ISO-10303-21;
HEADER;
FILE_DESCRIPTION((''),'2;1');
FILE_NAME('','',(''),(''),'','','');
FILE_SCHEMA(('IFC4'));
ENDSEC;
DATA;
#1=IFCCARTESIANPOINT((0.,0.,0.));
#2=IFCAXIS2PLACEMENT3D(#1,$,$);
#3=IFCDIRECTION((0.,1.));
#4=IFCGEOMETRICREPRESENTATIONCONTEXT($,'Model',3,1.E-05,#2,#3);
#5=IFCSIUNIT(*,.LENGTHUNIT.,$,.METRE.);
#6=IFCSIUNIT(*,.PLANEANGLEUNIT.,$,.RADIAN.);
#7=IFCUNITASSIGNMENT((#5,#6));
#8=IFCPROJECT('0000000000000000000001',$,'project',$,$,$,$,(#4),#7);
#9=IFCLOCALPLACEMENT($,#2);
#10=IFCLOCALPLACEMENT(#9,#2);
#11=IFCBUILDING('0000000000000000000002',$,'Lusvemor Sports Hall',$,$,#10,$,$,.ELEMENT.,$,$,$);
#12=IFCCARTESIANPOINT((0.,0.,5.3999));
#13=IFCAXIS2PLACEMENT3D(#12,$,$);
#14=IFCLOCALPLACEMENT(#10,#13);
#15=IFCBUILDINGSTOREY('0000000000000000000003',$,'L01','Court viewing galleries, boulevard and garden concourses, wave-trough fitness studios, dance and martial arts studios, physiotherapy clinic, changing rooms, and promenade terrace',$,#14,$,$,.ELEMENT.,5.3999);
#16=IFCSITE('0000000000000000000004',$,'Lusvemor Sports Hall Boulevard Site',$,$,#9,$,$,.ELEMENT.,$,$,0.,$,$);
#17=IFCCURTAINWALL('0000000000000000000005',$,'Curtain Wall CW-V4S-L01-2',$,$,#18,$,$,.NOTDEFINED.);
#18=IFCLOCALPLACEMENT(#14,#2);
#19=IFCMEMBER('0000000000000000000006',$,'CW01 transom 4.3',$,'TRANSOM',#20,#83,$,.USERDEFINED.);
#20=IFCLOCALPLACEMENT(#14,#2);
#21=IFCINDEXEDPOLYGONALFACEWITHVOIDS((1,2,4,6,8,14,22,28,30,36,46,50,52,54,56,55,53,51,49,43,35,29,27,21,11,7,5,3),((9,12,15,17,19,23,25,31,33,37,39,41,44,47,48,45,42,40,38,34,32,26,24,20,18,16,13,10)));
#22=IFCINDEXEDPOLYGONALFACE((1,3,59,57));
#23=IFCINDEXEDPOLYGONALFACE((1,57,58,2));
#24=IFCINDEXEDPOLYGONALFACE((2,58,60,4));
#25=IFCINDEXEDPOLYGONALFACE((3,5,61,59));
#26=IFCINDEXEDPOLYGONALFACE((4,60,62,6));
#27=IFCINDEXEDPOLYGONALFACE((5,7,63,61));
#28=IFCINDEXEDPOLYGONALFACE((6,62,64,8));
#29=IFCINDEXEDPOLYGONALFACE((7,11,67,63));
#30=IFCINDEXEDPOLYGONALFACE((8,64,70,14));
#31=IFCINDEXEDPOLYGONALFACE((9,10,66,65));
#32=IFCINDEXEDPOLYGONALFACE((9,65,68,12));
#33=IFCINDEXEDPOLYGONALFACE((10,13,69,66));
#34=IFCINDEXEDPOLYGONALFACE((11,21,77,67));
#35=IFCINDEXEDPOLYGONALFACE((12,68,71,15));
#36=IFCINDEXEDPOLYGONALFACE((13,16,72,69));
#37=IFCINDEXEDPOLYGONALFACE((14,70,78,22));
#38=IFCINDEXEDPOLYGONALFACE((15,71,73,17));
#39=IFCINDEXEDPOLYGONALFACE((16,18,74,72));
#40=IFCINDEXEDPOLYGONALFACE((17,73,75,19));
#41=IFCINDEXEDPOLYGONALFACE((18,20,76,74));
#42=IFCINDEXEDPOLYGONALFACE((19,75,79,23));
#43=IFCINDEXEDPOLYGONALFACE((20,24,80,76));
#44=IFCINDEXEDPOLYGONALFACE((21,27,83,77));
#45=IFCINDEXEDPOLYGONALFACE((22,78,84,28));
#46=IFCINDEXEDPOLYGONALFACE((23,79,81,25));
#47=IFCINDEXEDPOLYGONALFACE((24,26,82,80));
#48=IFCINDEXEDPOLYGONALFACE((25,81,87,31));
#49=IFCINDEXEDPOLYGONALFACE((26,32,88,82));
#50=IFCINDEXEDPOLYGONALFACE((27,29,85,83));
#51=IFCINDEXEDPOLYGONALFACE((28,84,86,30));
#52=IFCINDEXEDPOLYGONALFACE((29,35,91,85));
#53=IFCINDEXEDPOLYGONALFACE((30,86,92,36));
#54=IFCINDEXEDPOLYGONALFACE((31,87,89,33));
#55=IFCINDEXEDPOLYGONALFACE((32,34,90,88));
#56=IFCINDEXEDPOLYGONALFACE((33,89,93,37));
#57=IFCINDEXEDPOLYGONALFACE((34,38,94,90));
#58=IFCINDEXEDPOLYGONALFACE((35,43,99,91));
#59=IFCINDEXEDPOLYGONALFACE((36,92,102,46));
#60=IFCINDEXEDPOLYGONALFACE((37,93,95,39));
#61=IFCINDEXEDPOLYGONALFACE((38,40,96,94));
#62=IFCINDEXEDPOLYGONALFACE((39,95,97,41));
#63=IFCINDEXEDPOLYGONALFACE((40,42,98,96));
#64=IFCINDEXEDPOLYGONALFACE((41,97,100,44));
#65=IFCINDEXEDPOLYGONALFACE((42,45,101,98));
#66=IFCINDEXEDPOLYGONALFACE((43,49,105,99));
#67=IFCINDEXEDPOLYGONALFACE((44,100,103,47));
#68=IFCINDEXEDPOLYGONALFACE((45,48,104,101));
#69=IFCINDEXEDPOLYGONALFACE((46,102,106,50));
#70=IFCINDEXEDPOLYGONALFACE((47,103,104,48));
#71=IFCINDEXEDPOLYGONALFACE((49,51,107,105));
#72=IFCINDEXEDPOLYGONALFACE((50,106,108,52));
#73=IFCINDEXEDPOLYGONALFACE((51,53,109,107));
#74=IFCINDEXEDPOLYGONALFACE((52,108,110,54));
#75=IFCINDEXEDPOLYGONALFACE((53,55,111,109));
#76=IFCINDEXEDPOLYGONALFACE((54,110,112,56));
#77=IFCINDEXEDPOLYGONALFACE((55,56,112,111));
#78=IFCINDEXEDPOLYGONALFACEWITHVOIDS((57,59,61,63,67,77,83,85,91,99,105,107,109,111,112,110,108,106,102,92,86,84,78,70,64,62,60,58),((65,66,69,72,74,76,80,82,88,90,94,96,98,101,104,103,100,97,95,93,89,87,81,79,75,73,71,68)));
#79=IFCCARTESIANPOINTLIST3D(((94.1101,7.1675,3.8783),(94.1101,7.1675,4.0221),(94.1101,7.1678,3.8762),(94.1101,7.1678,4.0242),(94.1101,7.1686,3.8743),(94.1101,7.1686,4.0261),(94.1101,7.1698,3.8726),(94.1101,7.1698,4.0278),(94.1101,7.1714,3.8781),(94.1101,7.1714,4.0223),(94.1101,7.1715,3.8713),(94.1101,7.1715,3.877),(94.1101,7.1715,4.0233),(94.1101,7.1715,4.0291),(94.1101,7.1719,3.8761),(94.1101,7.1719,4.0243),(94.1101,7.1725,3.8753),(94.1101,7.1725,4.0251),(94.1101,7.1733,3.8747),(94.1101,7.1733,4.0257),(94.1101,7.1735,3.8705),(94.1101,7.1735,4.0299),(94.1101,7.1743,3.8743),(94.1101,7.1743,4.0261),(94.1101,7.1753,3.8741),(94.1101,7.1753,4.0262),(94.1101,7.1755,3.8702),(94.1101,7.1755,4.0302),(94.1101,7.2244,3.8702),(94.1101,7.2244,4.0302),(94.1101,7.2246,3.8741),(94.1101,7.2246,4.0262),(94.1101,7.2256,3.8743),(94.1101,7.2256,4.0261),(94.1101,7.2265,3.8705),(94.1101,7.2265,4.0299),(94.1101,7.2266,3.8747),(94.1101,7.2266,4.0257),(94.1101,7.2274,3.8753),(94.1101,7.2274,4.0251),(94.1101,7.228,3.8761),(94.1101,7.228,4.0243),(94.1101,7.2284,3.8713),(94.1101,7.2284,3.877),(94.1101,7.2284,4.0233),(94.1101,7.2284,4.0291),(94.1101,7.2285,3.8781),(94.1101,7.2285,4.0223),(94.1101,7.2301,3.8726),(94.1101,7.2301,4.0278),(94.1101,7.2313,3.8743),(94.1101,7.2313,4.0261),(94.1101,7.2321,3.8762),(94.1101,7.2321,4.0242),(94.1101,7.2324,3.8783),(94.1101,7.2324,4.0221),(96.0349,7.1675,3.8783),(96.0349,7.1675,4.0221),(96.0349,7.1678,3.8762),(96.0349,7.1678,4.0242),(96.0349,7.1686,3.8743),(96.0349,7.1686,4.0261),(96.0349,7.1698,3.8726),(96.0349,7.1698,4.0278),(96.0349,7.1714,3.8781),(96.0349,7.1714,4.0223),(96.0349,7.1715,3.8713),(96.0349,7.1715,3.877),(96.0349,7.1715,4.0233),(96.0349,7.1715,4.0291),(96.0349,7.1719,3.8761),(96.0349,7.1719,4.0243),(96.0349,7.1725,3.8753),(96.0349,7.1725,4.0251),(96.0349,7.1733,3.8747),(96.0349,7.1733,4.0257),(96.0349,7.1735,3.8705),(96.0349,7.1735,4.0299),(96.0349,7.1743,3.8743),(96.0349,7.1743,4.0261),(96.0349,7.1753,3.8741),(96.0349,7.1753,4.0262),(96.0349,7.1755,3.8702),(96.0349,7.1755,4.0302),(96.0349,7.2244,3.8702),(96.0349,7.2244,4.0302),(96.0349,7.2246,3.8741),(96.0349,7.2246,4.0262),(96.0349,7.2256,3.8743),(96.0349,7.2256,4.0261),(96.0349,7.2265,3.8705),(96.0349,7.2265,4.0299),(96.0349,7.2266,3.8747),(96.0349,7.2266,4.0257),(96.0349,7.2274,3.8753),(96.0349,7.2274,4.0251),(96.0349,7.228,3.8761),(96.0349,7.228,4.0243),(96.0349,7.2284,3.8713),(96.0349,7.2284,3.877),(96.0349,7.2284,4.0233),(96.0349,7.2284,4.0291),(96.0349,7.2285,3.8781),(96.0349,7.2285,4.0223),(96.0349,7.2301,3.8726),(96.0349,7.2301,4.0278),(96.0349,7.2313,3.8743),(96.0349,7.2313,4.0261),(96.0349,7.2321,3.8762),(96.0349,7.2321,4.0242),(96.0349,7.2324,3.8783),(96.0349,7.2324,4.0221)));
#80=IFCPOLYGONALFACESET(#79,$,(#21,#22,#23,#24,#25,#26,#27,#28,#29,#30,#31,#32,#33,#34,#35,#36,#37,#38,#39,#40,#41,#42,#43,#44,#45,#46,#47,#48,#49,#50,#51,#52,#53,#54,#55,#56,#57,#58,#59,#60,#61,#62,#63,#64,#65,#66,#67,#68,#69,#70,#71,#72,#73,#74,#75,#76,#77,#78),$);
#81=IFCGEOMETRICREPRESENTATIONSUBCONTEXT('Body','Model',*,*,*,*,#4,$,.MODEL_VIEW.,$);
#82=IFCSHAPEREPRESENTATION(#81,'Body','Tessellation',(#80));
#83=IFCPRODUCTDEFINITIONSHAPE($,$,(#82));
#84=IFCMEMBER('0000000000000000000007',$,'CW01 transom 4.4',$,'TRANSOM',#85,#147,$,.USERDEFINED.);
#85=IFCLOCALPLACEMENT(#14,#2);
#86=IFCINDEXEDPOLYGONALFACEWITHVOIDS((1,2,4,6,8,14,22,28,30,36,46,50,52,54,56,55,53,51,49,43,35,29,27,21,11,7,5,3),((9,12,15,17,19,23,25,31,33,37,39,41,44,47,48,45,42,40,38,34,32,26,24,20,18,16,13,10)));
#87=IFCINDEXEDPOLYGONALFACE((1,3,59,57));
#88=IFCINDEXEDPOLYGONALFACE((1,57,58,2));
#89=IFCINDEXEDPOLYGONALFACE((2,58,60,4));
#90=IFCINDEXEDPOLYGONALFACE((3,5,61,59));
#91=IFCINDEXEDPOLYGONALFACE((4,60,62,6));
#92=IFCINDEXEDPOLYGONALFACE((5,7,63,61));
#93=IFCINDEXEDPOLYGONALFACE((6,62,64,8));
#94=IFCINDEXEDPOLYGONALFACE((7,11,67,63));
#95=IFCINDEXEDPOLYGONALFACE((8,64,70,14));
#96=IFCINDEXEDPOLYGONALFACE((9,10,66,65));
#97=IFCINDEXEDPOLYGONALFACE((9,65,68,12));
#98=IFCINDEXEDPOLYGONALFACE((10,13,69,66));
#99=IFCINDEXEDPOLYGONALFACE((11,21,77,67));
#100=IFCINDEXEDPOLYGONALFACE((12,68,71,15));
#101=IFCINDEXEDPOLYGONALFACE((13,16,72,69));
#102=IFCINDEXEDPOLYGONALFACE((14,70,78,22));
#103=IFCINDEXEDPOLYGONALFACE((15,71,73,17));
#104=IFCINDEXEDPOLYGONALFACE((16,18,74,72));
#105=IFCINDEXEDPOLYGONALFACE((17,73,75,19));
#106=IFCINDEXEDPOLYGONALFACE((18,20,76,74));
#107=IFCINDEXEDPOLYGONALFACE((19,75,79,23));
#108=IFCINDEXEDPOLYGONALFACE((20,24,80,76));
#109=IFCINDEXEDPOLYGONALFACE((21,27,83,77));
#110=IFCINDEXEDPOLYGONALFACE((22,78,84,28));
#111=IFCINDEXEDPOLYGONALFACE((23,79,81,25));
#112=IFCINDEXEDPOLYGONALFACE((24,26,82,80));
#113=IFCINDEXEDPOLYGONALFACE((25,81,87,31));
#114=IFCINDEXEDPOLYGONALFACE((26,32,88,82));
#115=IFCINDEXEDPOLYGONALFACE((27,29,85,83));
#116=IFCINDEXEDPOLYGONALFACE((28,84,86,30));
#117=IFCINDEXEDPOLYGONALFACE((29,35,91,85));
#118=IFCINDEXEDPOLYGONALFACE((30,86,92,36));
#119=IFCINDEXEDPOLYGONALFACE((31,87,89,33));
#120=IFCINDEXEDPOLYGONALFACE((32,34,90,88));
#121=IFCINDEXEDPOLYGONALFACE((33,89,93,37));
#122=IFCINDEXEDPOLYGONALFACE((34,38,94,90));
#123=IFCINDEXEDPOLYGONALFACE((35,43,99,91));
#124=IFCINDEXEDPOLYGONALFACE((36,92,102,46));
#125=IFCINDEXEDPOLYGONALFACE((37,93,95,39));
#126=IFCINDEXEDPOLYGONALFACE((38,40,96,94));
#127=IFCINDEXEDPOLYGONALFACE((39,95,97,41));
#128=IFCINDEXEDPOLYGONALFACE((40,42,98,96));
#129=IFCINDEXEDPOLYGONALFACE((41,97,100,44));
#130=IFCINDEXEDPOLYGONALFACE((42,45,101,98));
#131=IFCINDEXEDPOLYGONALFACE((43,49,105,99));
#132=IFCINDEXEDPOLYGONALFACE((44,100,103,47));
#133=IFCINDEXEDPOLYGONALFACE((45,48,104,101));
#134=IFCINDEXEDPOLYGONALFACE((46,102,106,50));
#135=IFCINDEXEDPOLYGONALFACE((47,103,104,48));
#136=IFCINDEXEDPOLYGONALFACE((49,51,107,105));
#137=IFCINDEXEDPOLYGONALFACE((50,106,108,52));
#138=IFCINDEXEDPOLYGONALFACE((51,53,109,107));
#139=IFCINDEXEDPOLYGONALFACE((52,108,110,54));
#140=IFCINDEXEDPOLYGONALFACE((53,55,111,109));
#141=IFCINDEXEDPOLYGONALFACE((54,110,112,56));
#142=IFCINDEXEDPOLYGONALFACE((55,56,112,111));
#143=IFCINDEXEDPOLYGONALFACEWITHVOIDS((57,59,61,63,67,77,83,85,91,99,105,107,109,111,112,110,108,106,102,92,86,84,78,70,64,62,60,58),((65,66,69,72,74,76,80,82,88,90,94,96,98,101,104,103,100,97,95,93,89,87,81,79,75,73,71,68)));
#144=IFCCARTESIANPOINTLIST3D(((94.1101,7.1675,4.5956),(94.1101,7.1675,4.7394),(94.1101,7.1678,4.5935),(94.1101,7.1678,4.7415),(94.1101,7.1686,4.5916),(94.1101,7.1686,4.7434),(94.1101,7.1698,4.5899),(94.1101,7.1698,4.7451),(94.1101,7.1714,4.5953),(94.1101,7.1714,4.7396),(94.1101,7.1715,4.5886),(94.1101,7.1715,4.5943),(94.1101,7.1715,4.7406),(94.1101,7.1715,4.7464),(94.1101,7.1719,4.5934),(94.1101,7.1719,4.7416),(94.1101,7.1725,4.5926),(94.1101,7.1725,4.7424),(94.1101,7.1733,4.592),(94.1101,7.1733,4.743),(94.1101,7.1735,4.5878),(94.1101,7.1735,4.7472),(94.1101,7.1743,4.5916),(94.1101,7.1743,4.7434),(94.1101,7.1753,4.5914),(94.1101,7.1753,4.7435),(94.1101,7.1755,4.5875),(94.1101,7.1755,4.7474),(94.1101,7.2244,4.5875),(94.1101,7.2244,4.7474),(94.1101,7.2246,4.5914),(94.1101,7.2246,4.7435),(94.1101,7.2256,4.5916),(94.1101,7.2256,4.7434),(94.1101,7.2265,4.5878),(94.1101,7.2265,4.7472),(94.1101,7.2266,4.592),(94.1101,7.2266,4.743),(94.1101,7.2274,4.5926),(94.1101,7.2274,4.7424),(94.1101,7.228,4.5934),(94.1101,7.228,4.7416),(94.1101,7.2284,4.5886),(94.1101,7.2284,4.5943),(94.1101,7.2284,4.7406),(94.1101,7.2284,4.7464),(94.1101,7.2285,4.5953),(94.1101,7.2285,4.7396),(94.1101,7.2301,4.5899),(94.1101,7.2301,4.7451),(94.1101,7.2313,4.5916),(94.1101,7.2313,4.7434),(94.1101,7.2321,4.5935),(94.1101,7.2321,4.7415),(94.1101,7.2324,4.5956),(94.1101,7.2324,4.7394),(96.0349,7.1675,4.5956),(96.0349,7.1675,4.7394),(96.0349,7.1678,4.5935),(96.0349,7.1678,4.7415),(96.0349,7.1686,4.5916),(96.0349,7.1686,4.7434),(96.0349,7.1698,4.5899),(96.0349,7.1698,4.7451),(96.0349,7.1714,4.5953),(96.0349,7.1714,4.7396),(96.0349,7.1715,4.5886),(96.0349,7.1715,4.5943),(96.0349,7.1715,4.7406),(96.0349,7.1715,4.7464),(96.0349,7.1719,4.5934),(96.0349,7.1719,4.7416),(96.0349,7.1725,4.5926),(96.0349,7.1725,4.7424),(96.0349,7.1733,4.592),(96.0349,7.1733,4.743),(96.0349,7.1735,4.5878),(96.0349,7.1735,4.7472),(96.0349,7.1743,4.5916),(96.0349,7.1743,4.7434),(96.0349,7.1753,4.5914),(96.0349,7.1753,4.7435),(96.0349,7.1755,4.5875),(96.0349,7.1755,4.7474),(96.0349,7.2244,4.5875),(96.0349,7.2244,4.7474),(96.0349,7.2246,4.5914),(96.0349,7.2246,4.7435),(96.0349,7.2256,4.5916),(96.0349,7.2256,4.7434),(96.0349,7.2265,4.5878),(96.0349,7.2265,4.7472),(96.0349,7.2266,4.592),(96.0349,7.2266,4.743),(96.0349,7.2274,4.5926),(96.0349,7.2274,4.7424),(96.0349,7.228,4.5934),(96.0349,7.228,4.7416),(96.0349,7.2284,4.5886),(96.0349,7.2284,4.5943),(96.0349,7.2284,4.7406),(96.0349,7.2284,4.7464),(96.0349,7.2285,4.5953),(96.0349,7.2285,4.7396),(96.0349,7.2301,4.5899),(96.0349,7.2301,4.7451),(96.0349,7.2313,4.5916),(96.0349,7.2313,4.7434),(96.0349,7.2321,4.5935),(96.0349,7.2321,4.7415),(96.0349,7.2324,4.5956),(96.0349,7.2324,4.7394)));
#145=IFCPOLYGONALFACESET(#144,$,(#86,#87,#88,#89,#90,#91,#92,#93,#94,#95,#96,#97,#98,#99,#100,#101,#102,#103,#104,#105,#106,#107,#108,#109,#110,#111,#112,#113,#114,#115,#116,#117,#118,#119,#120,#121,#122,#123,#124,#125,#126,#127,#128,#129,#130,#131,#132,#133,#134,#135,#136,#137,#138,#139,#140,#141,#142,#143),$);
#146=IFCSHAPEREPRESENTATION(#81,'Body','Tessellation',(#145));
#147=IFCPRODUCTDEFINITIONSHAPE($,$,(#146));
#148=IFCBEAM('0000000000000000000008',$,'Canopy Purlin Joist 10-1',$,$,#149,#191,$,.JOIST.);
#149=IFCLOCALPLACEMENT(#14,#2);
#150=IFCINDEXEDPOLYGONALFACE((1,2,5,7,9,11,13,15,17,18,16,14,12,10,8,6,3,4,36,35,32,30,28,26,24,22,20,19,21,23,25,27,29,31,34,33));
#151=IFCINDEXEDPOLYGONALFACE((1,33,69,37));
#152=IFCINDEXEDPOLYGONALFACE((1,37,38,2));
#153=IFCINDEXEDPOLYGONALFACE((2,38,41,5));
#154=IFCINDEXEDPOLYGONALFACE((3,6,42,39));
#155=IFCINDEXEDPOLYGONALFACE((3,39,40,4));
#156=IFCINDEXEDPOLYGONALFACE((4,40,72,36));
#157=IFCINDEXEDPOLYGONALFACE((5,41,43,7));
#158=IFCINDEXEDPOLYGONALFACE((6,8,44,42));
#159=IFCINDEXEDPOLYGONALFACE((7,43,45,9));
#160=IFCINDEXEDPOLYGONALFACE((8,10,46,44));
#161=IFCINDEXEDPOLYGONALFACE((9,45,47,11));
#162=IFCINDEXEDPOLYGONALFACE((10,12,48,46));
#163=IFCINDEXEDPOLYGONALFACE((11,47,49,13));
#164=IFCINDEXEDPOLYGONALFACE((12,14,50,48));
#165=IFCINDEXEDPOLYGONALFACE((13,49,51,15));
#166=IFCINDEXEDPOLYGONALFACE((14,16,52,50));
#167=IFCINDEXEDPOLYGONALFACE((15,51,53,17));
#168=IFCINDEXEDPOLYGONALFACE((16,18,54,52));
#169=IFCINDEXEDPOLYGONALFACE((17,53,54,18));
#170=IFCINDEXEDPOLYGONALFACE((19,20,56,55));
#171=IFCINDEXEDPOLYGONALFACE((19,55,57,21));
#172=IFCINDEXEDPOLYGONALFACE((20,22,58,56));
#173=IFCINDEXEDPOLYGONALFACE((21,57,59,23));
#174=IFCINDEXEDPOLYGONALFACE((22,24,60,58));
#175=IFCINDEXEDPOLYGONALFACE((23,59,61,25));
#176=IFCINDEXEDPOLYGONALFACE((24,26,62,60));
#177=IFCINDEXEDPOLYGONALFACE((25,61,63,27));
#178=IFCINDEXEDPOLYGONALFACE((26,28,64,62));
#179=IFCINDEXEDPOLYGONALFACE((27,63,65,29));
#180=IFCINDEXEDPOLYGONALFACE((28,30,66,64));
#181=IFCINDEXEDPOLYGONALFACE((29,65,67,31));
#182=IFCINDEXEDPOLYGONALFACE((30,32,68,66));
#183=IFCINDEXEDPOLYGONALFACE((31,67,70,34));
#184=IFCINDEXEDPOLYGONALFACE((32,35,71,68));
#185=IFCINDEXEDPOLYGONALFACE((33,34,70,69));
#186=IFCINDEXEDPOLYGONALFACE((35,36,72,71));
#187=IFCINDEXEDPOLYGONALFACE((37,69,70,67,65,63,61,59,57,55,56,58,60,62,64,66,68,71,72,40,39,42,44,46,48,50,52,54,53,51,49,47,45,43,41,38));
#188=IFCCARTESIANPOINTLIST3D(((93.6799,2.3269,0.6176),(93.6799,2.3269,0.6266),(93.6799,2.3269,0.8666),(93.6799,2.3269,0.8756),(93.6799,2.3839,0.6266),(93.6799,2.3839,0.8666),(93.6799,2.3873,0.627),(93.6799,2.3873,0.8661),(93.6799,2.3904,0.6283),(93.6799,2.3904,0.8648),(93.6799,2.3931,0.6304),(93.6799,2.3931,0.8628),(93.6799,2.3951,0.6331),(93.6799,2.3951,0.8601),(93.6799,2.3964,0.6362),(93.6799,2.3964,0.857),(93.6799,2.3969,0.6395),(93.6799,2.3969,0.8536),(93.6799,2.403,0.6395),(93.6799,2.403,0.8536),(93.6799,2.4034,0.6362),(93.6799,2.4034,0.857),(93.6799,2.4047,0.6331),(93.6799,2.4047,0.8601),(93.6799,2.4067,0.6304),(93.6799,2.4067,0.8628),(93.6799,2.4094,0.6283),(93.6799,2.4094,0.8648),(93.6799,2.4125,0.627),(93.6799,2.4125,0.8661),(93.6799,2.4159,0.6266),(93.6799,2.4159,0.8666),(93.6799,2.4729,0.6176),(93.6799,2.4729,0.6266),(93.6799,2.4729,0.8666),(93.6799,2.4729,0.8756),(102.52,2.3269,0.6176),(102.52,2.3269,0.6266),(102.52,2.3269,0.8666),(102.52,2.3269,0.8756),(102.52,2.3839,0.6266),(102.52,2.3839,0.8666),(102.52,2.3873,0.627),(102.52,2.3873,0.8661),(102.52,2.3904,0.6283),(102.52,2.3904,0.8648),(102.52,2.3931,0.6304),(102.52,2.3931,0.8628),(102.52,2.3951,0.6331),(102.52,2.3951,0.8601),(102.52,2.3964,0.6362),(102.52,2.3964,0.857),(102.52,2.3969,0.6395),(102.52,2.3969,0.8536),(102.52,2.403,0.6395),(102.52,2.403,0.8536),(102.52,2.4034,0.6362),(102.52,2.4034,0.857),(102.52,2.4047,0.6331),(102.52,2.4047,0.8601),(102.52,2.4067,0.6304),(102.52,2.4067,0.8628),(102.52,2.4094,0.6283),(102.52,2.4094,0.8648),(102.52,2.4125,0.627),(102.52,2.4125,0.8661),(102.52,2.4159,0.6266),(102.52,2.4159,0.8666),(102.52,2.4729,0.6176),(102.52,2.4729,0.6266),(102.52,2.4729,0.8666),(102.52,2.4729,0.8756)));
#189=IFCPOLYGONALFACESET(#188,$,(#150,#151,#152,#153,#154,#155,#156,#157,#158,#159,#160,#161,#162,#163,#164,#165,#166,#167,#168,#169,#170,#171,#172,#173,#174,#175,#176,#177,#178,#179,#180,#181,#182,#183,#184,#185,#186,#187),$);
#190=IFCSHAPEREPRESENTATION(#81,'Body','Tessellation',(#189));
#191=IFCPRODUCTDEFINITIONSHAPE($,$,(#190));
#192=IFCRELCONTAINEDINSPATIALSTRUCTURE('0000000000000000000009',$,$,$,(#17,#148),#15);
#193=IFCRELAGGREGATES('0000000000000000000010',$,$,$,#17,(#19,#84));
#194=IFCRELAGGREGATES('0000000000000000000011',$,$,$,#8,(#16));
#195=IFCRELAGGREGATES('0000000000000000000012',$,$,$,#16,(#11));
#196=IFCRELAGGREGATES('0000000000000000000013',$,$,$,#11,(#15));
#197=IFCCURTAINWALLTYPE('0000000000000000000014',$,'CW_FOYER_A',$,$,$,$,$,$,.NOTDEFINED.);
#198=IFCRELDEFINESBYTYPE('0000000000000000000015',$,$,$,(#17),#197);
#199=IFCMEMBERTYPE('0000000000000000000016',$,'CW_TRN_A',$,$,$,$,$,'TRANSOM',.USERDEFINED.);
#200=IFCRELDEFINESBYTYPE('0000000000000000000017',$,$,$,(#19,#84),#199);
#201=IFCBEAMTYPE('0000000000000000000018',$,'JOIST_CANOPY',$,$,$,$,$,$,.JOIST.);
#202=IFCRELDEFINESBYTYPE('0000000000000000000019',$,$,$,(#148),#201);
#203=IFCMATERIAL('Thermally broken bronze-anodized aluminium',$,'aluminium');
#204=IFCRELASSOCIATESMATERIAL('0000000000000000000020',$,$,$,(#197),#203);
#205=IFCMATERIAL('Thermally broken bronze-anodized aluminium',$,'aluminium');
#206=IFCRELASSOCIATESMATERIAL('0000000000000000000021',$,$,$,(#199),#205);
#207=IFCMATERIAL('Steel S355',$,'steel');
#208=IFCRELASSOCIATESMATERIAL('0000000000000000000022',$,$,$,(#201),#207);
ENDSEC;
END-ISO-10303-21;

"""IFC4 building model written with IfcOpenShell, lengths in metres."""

from ifc_helpers import new_model, si_unit, direction, frame, origin, origin_2d, place, context, subcontext, project, spatial, hollow_rectangle, i_section, extrude, material, material_profile, profile_set, type_object, element, aggregate, save


model = new_model("IFC4")

# Units and contexts
model_context = context("Model", 3, precision=1e-05, world=origin(), true_north=direction((0.0, 1.0)))
body_context = subcontext(model_context, "Body", "Model", "MODEL_VIEW")
ifc_project = project(units=[si_unit("LENGTHUNIT", "METRE"), si_unit("PLANEANGLEUNIT", "RADIAN")], contexts=[model_context])

# Site, building, storey
site_placement = place(None, origin())
site = spatial("IfcSite", under=ifc_project, at=site_placement, Name="Lusvemor Sports Hall Boulevard Site", CompositionType="ELEMENT", RefElevation=0.0)
building_placement = place(site_placement, origin())
building = spatial("IfcBuilding", under=site, at=building_placement, Name="Lusvemor Sports Hall", CompositionType="ELEMENT")
storey_placement = place(building_placement, frame((0.0, 0.0, 5.3999)))
storey = spatial("IfcBuildingStorey", under=building, at=storey_placement, Name="L01", Description="Court viewing galleries, boulevard and garden concourses, wave-trough fitness studios, dance and martial arts studios, physiotherapy clinic, changing rooms, and promenade terrace", CompositionType="ELEMENT", Elevation=5.3999)

# Curtain wall, members
ifc_material_1 = material(Name="Thermally broken bronze-anodized aluminium", Category="aluminium")
curtain_wall_type = type_object("IfcCurtainWallType", Name="CW_FOYER_A", PredefinedType="NOTDEFINED", material=ifc_material_1)
curtain_wall_placement = place(storey_placement, origin())
curtain_wall = element("IfcCurtainWall", 1, at=curtain_wall_placement, inside=storey, type_object=curtain_wall_type, Name="Curtain Wall CW-V4S-L01-2", PredefinedType="NOTDEFINED")
ifc_material_2 = material(Name="Thermally broken bronze-anodized aluminium", Category="aluminium")
ifc_material_profile_1 = material_profile(ifc_material_2, hollow_rectangle(XDim=0.0649, YDim=0.1599, WallThickness=0.0039, InnerFilletRadius=0.0039, OuterFilletRadius=0.0081, at=origin_2d()), Name="CWTRN160x65x4")
ifc_profile_set_1 = profile_set([ifc_material_profile_1], Name="Thermally broken bronze-anodized aluminium")
member_type_1 = type_object("IfcMemberType", Name="CW_TRN_A", ElementType="TRANSOM", PredefinedType="USERDEFINED", material=ifc_profile_set_1)
member_1_placement = place(storey_placement, frame((96.0349, 7.2, 3.9502), z_axis=(-1.0, 0.0, 0.0), x_axis=(0.0, -1.0, 0.0)))
member_1 = element("IfcMember", 2, at=member_1_placement, type_object=member_type_1, Name="CW01 transom 4.3", ObjectType="TRANSOM", PredefinedType="USERDEFINED", context=body_context, shape_type="SweptSolid", body=[
    extrude(hollow_rectangle(XDim=0.0649, YDim=0.1599, WallThickness=0.0039, InnerFilletRadius=0.0039, OuterFilletRadius=0.0081, at=origin_2d()), origin(), (0.0, 0.0, 1.0), 1.9248),
])
member_2_placement = place(storey_placement, frame((96.0349, 7.2, 4.6675), z_axis=(-1.0, 0.0, 0.0), x_axis=(0.0, -1.0, 0.0)))
member_2 = element("IfcMember", 3, at=member_2_placement, type_object=member_type_1, Name="CW01 transom 4.4", ObjectType="TRANSOM", PredefinedType="USERDEFINED", context=body_context, shape_type="SweptSolid", body=[
    extrude(hollow_rectangle(XDim=0.0649, YDim=0.1599, WallThickness=0.0039, InnerFilletRadius=0.0039, OuterFilletRadius=0.0081, at=origin_2d()), origin(), (0.0, 0.0, 1.0), 1.9248),
])

# Beam
ifc_material_3 = material(Name="Steel S355", Category="steel")
ifc_material_profile_2 = material_profile(ifc_material_3, i_section(OverallWidth=0.146, OverallDepth=0.2581, WebThickness=0.0061, FlangeThickness=0.009, FilletRadius=0.0129, at=origin_2d()), Name="W250x32.7")
ifc_profile_set_2 = profile_set([ifc_material_profile_2], Name="Steel S355")
beam_type_1 = type_object("IfcBeamType", Name="JOIST_CANOPY", PredefinedType="JOIST", material=ifc_profile_set_2)
for number, where, z_axis, x_axis, name in (
    (4, (93.6799, 2.3999, 0.7466), (1.0, 0.0, 0.0), (0.0, 1.0, 0.0), "Canopy Purlin Joist 10-1"),
):
    element("IfcBeam", number, at=place(storey_placement, frame(where, z_axis=z_axis, x_axis=x_axis)), inside=storey, type_object=beam_type_1, Name=name, PredefinedType="JOIST", context=body_context, shape_type="SweptSolid", body=[
        extrude(i_section(OverallWidth=0.146, OverallDepth=0.2581, WebThickness=0.0061, FlangeThickness=0.009, FilletRadius=0.0129, at=origin_2d()), origin(), (0.0, 0.0, 1.0), 8.8401),
    ])

aggregate(curtain_wall, [member_1, member_2])

save(model, "model.ifc")
